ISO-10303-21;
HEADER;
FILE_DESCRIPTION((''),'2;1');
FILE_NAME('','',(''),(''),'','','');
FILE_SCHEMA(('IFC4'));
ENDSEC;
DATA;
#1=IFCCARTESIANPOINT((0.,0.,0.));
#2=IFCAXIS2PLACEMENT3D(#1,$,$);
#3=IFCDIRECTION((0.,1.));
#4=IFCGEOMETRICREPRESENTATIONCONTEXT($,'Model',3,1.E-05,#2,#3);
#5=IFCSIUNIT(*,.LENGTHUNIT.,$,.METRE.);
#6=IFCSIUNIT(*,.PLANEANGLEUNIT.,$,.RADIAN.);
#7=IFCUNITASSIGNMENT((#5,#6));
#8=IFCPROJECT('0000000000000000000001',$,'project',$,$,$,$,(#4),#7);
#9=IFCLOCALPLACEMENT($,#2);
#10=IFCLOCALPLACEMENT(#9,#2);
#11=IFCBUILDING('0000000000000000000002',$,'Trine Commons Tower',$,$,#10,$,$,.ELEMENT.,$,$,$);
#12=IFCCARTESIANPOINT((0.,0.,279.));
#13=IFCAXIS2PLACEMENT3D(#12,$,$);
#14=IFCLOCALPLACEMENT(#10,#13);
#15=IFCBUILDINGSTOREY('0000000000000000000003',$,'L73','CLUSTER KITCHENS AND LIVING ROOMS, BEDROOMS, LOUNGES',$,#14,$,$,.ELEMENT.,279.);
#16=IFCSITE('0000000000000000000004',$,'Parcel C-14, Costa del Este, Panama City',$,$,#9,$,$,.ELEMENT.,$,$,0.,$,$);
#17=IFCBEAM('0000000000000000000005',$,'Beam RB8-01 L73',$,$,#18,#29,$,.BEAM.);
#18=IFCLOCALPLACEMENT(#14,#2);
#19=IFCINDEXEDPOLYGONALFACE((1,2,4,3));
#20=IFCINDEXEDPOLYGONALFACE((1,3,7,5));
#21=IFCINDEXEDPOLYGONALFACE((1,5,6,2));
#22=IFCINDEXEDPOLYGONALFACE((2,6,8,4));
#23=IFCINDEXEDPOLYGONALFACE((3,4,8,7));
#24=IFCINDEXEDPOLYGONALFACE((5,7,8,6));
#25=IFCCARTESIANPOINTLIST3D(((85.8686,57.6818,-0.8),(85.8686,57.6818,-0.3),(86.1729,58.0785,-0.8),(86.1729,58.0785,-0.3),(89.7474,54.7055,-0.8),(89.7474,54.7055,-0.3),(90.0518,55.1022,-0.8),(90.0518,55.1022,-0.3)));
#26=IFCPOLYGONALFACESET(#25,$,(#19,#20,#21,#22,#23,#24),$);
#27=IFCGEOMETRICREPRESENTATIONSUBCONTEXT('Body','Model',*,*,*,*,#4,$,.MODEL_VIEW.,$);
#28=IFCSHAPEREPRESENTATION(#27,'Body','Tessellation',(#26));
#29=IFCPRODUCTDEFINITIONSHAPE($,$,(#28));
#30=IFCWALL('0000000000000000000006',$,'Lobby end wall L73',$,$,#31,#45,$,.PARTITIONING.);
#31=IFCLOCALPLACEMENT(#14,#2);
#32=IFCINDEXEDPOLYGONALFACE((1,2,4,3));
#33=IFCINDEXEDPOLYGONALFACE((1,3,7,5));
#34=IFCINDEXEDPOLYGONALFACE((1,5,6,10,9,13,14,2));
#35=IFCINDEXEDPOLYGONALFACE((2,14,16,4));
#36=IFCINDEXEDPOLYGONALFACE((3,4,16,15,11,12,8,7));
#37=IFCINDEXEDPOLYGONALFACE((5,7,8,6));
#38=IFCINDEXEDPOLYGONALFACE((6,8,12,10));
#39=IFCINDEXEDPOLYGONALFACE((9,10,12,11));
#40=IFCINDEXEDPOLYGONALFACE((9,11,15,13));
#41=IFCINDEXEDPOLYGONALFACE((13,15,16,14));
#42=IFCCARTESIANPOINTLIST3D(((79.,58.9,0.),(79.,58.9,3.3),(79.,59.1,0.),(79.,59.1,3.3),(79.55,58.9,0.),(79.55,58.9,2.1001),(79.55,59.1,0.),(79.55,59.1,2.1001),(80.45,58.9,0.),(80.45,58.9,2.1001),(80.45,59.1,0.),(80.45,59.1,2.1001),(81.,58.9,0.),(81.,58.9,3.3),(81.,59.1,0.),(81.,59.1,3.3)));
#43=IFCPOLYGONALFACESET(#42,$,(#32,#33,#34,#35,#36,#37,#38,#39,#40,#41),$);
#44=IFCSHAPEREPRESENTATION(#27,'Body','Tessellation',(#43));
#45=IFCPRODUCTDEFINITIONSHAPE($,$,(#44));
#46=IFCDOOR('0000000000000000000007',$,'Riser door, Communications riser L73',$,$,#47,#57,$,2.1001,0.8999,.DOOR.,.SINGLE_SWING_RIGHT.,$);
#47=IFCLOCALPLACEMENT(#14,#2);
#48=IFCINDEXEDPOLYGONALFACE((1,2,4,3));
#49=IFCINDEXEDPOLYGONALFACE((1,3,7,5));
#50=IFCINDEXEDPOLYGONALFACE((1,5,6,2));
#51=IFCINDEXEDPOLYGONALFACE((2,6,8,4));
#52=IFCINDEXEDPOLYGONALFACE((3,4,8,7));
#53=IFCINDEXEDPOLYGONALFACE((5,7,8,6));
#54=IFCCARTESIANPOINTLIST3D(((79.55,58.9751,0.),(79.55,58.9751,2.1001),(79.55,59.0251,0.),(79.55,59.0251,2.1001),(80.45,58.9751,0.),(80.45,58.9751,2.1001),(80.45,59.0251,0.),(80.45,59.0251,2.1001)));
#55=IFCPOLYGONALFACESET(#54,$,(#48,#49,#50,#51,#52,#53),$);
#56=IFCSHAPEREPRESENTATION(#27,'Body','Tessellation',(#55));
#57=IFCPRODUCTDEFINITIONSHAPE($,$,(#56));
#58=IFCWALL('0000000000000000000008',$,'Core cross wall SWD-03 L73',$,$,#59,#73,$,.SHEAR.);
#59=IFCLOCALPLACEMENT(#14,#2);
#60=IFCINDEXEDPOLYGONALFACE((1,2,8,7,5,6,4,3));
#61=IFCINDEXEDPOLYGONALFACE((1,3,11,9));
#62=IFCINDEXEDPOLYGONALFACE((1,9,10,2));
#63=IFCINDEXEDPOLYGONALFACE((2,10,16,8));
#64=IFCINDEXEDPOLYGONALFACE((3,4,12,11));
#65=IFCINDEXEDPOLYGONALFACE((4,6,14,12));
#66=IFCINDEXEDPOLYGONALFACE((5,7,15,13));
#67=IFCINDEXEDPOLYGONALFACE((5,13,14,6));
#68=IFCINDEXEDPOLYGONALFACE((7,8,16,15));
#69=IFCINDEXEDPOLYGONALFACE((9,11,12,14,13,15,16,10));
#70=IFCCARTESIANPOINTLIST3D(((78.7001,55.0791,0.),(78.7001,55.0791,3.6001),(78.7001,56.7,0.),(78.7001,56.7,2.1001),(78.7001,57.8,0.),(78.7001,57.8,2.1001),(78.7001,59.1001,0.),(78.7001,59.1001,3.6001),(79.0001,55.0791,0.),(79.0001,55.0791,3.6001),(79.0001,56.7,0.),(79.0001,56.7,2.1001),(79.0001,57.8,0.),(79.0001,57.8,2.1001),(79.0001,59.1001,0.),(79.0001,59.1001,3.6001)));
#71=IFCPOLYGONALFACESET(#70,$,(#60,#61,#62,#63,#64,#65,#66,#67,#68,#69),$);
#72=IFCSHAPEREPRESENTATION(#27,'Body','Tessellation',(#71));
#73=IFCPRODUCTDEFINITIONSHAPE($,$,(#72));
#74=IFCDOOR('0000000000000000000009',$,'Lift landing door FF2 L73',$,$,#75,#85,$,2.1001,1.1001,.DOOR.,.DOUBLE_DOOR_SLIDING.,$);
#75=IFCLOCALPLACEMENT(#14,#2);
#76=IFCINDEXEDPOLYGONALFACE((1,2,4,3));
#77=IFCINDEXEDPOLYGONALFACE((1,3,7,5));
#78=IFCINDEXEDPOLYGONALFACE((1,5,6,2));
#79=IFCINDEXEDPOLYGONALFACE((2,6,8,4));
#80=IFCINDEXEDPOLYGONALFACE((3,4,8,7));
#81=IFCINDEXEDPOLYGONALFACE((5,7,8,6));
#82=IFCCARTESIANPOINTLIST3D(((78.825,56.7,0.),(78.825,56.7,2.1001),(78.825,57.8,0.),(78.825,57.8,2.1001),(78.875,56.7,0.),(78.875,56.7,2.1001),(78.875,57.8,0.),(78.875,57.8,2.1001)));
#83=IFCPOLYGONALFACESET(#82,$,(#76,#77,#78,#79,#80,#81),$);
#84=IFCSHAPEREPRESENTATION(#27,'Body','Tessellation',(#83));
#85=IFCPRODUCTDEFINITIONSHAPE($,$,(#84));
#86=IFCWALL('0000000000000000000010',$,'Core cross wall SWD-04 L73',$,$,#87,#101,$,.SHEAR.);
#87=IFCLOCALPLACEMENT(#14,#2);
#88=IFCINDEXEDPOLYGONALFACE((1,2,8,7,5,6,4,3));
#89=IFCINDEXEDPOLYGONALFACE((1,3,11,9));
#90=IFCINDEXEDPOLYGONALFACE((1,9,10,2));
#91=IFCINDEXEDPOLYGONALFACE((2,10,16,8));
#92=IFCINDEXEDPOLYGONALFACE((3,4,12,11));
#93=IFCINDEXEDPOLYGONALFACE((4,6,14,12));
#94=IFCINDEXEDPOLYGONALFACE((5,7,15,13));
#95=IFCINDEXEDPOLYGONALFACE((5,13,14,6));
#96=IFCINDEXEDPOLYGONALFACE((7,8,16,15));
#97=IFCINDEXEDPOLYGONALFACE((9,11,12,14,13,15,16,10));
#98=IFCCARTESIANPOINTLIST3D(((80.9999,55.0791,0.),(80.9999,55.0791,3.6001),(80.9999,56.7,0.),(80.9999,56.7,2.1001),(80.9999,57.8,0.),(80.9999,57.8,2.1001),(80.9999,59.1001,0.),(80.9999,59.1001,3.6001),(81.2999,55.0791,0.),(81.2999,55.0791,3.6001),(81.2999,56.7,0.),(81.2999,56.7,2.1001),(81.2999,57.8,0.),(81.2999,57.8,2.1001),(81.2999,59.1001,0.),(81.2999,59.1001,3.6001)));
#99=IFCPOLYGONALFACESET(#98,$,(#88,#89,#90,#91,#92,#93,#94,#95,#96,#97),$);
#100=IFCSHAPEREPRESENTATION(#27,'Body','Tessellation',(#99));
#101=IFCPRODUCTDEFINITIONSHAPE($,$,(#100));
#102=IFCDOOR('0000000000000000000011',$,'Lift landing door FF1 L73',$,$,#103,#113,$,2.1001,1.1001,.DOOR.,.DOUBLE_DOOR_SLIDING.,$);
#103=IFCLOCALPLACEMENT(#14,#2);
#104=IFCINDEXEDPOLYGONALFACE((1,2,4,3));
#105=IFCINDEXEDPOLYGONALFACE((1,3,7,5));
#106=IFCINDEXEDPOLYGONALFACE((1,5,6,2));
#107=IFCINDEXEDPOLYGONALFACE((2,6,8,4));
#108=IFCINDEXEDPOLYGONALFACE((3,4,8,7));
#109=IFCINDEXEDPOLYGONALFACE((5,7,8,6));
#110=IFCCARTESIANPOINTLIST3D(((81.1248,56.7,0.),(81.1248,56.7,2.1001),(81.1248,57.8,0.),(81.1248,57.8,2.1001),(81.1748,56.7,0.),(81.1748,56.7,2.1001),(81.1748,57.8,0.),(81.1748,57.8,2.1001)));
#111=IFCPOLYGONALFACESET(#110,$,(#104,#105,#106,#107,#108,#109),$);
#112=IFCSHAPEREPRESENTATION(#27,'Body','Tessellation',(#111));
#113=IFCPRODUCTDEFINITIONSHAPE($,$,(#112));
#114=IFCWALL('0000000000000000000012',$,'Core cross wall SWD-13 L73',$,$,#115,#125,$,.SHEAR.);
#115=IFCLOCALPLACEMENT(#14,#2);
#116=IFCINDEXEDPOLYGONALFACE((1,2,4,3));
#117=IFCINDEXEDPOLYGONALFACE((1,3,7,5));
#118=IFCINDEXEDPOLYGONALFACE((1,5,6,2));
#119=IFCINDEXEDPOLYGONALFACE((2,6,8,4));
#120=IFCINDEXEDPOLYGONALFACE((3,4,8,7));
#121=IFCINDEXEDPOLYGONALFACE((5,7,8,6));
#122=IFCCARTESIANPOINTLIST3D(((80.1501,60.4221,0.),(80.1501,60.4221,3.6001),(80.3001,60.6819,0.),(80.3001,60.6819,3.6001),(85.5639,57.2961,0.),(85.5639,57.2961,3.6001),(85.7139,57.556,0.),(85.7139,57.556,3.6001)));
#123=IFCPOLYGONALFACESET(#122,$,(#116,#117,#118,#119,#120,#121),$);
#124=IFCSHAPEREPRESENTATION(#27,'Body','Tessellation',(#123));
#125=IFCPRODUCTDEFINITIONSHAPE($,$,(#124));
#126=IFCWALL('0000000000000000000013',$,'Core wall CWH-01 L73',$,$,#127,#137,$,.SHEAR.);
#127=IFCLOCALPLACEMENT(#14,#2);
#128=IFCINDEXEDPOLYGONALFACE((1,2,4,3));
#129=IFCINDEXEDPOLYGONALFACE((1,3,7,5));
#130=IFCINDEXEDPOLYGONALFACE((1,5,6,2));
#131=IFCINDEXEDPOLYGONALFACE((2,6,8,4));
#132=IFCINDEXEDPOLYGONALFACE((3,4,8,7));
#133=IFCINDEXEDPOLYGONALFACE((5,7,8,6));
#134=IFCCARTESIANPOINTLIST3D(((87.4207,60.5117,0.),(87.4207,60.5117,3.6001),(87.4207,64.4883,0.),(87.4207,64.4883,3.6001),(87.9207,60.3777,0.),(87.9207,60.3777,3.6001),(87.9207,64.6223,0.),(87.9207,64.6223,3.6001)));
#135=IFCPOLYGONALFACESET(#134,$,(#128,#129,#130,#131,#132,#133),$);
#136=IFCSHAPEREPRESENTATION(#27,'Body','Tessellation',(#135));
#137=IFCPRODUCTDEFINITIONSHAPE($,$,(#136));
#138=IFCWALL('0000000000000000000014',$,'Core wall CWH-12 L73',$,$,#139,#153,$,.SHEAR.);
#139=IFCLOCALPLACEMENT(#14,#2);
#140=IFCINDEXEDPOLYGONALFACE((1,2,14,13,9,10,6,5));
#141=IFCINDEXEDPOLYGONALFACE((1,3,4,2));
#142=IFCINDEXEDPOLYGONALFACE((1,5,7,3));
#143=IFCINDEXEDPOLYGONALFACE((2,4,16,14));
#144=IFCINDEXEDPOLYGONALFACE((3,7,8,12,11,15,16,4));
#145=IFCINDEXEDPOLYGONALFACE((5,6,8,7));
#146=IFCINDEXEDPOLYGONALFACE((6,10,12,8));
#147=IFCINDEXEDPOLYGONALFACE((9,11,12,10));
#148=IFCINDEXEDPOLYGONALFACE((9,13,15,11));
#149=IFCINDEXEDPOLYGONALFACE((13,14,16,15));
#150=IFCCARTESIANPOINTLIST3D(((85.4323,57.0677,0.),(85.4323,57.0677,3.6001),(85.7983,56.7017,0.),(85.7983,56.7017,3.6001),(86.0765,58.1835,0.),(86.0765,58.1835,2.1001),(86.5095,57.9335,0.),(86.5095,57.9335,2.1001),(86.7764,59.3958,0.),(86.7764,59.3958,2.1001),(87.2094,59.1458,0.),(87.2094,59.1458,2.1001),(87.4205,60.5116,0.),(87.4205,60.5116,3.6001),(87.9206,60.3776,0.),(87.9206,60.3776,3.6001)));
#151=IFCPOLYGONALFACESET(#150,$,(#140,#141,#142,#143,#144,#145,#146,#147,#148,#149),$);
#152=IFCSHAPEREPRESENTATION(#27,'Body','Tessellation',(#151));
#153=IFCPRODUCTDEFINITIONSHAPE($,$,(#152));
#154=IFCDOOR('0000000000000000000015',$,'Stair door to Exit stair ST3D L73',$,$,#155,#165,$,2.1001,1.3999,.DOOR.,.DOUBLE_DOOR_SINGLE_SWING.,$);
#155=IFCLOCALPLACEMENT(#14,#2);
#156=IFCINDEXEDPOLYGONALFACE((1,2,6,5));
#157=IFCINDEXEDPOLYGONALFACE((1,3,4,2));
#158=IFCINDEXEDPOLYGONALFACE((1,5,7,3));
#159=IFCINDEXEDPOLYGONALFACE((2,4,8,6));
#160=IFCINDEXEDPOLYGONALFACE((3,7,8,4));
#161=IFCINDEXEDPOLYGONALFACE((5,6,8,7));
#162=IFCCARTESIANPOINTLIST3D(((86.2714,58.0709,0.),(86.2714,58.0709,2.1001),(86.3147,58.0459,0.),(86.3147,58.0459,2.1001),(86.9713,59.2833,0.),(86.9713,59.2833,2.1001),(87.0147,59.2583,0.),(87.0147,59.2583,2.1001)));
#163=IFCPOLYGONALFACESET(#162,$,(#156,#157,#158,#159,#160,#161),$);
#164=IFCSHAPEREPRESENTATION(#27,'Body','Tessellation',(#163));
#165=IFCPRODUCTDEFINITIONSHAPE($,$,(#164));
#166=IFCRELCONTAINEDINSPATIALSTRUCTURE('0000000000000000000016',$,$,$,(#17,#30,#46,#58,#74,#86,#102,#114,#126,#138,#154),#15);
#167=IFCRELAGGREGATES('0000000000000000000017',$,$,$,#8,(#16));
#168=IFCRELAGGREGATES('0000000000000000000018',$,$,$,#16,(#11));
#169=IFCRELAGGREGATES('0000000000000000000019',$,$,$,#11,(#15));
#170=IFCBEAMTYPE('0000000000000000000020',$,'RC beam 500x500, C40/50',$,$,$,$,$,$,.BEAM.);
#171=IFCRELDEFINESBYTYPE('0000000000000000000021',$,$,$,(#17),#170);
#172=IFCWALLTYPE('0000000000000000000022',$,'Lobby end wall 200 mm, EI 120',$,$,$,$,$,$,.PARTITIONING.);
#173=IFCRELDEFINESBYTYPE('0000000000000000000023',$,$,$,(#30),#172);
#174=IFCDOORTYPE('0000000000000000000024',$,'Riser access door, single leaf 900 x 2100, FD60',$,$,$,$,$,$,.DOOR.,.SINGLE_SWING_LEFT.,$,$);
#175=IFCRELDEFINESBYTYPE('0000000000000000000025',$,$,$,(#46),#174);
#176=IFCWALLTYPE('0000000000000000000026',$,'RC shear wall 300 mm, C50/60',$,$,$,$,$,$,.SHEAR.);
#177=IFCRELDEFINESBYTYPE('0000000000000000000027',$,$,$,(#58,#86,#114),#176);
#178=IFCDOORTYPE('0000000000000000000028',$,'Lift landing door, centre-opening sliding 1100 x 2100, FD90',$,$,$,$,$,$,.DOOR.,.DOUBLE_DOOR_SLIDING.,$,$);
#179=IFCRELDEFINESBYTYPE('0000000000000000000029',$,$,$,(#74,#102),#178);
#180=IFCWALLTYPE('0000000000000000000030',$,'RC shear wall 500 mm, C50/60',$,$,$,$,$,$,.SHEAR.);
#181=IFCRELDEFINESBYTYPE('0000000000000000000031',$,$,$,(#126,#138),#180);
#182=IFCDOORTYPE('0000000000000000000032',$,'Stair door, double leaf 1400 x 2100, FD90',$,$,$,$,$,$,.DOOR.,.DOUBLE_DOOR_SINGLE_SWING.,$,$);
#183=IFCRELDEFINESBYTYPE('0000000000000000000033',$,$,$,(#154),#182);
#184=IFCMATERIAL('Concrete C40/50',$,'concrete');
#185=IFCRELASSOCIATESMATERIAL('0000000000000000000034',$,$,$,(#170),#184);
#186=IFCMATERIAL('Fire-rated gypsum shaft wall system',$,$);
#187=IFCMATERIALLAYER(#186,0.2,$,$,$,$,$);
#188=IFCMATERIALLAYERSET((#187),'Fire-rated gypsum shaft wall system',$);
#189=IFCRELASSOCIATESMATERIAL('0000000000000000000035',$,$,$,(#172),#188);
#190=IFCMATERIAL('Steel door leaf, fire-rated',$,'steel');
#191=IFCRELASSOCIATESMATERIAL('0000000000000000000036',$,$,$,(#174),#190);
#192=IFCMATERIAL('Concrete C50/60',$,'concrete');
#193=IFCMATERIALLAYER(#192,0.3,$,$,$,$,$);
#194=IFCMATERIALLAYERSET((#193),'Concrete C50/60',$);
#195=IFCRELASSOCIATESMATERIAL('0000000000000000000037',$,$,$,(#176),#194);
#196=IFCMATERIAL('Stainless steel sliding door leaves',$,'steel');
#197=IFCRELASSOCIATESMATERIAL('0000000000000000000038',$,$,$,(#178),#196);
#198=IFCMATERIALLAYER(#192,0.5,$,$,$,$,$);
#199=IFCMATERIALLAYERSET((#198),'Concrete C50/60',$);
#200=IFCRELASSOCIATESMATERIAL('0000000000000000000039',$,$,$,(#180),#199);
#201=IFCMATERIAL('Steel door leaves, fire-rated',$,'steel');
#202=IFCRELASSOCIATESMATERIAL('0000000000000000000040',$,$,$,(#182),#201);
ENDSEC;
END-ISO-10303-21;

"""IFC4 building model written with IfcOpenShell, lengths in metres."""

from ifc_helpers import new_model, si_unit, direction, frame, frame_2d, origin, origin_2d, place, context, subcontext, project, spatial, polyline, rectangle, outline, extrude, material, layer, layer_set, material_profile, profile_set, type_object, element, fill, save


model = new_model("IFC4")

# Units and contexts
model_context = context("Model", 3, precision=1e-05, world=origin(), true_north=direction((0.0, 1.0)))
body_context = subcontext(model_context, "Body", "Model", "MODEL_VIEW")
ifc_project = project(units=[si_unit("LENGTHUNIT", "METRE"), si_unit("PLANEANGLEUNIT", "RADIAN")], contexts=[model_context])

# Site, building, storey
site_placement = place(None, origin())
site = spatial("IfcSite", under=ifc_project, at=site_placement, Name="Parcel C-14, Costa del Este, Panama City", CompositionType="ELEMENT", RefElevation=0.0)
building_placement = place(site_placement, origin())
building = spatial("IfcBuilding", under=site, at=building_placement, Name="Trine Commons Tower", CompositionType="ELEMENT")
storey_placement = place(building_placement, frame((0.0, 0.0, 279.0)))
storey = spatial("IfcBuildingStorey", under=building, at=storey_placement, Name="L73", Description="CLUSTER KITCHENS AND LIVING ROOMS, BEDROOMS, LOUNGES", CompositionType="ELEMENT", Elevation=279.0)

# Beam
ifc_material_1 = material(Name="Concrete C40/50", Category="concrete")
ifc_material_profile = material_profile(ifc_material_1, rectangle(XDim=0.5, YDim=0.5, at=origin_2d()), Name="RC 500x500")
ifc_profile_set = profile_set([ifc_material_profile], Name="Concrete C40/50")
beam_type = type_object("IfcBeamType", Name="RC beam 500x500, C40/50", PredefinedType="BEAM", material=ifc_profile_set)
beam_placement = place(storey_placement, frame((86.0208, 57.8801, -0.55), z_axis=(0.79336, -0.608752, 0.0), x_axis=(0.608752, 0.79336, 0.0)))
element("IfcBeam", 1, at=beam_placement, inside=storey, type_object=beam_type, Name="Beam RB8-01 L73", PredefinedType="BEAM", context=body_context, shape_type="SweptSolid", body=[
    extrude(rectangle(XDim=0.5, YDim=0.5, at=origin_2d()), origin(), (0.0, 0.0, 1.0), 4.8892),
])

# Walls, openings, doors
ifc_material_2 = material(Name="Fire-rated gypsum shaft wall system")
ifc_layer_1 = layer(ifc_material_2, 0.2)
ifc_layer_set_1 = layer_set([ifc_layer_1], Name="Fire-rated gypsum shaft wall system")
wall_type_1 = type_object("IfcWallType", Name="Lobby end wall 200 mm, EI 120", PredefinedType="PARTITIONING", material=ifc_layer_set_1)
wall_1_placement = place(storey_placement, frame((79.0, 59.0, 0.0), z_axis=(0.0, 0.0, 1.0), x_axis=(1.0, 0.0, 0.0)))
wall_1 = element("IfcWall", 2, at=wall_1_placement, inside=storey, type_object=wall_type_1, Name="Lobby end wall L73", PredefinedType="PARTITIONING", context=body_context, shape_type="SweptSolid", body=[
    extrude(rectangle(XDim=2.0, YDim=0.2, at=frame_2d((1.0, 0.0))), origin(), (0.0, 0.0, 1.0), 3.3),
])
opening_1_placement = place(wall_1_placement, frame((0.55, 0.0, 0.0)))
opening_1 = element("IfcOpeningElement", 3, at=opening_1_placement, cuts=wall_1, PredefinedType="OPENING", context=body_context, shape_type="SweptSolid", body=[
    extrude(rectangle(XDim=0.8999, YDim=2.1001, at=frame_2d((0.45, 1.05))), frame((0.0, 0.1099, 0.0), z_axis=(0.0, -1.0, 0.0), x_axis=(1.0, 0.0, 0.0)), (0.0, 0.0, 1.0), 0.22),
])
ifc_material_3 = material(Name="Steel door leaf, fire-rated", Category="steel")
door_type_1 = type_object("IfcDoorType", Name="Riser access door, single leaf 900 x 2100, FD60", OperationType="SINGLE_SWING_LEFT", PredefinedType="DOOR", material=ifc_material_3)
door_1_placement = place(opening_1_placement, frame((0.8999, 0.0, 0.0), z_axis=(0.0, 0.0, 1.0), x_axis=(-1.0, 0.0, 0.0)))
door_1 = element("IfcDoor", 4, at=door_1_placement, inside=storey, type_object=door_type_1, Name="Riser door, Communications riser L73", OperationType="SINGLE_SWING_RIGHT", OverallHeight=2.1001, OverallWidth=0.8999, PredefinedType="DOOR", context=body_context, shape_type="SweptSolid", body=[
    extrude(rectangle(XDim=0.8999, YDim=2.1001, at=frame_2d((0.45, 1.05))), frame((0.0, 0.0249, 0.0), z_axis=(0.0, -1.0, 0.0), x_axis=(1.0, 0.0, 0.0)), (0.0, 0.0, 1.0), 0.05),
])
fill(opening_1, door_1)
ifc_material_4 = material(Name="Concrete C50/60", Category="concrete")
ifc_layer_2 = layer(ifc_material_4, 0.3)
ifc_layer_set_2 = layer_set([ifc_layer_2], Name="Concrete C50/60")
wall_type_2 = type_object("IfcWallType", Name="RC shear wall 300 mm, C50/60", PredefinedType="SHEAR", material=ifc_layer_set_2)
wall_2_placement = place(storey_placement, frame((78.8501, 59.1001, 0.0), z_axis=(0.0, 0.0, 1.0), x_axis=(0.0, -1.0, 0.0)))
wall_2 = element("IfcWall", 5, at=wall_2_placement, inside=storey, type_object=wall_type_2, Name="Core cross wall SWD-03 L73", PredefinedType="SHEAR", context=body_context, shape_type="SweptSolid", body=[
    extrude(rectangle(XDim=4.021, YDim=0.3, at=frame_2d((2.0105, 0.0))), origin(), (0.0, 0.0, 1.0), 3.6001),
])
opening_2_placement = place(wall_2_placement, frame((1.3, 0.0, 0.0)))
opening_2 = element("IfcOpeningElement", 6, at=opening_2_placement, cuts=wall_2, PredefinedType="OPENING", context=body_context, shape_type="SweptSolid", body=[
    extrude(rectangle(XDim=1.1001, YDim=2.1001, at=frame_2d((0.55, 1.05))), frame((0.0, 0.1599, 0.0), z_axis=(0.0, -1.0, 0.0), x_axis=(1.0, 0.0, 0.0)), (0.0, 0.0, 1.0), 0.3201),
])
ifc_material_5 = material(Name="Stainless steel sliding door leaves", Category="steel")
door_type_2 = type_object("IfcDoorType", Name="Lift landing door, centre-opening sliding 1100 x 2100, FD90", OperationType="DOUBLE_DOOR_SLIDING", PredefinedType="DOOR", material=ifc_material_5)
door_2_placement = place(opening_2_placement, origin())
door_2 = element("IfcDoor", 7, at=door_2_placement, inside=storey, type_object=door_type_2, Name="Lift landing door FF2 L73", OperationType="DOUBLE_DOOR_SLIDING", OverallHeight=2.1001, OverallWidth=1.1001, PredefinedType="DOOR", context=body_context, shape_type="SweptSolid", body=[
    extrude(rectangle(XDim=1.1001, YDim=2.1001, at=frame_2d((0.55, 1.05))), frame((0.0, 0.0249, 0.0), z_axis=(0.0, -1.0, 0.0), x_axis=(1.0, 0.0, 0.0)), (0.0, 0.0, 1.0), 0.05),
])
fill(opening_2, door_2)
wall_3_placement = place(storey_placement, frame((81.1499, 59.1001, 0.0), z_axis=(0.0, 0.0, 1.0), x_axis=(0.0, -1.0, 0.0)))
wall_3 = element("IfcWall", 8, at=wall_3_placement, inside=storey, type_object=wall_type_2, Name="Core cross wall SWD-04 L73", PredefinedType="SHEAR", context=body_context, shape_type="SweptSolid", body=[
    extrude(rectangle(XDim=4.021, YDim=0.3, at=frame_2d((2.0105, 0.0))), origin(), (0.0, 0.0, 1.0), 3.6001),
])
opening_3_placement = place(wall_3_placement, frame((1.3, 0.0, 0.0)))
opening_3 = element("IfcOpeningElement", 9, at=opening_3_placement, cuts=wall_3, PredefinedType="OPENING", context=body_context, shape_type="SweptSolid", body=[
    extrude(rectangle(XDim=1.1001, YDim=2.1001, at=frame_2d((0.55, 1.05))), frame((0.0, 0.1599, 0.0), z_axis=(0.0, -1.0, 0.0), x_axis=(1.0, 0.0, 0.0)), (0.0, 0.0, 1.0), 0.3201),
])
door_3_placement = place(opening_3_placement, origin())
door_3 = element("IfcDoor", 10, at=door_3_placement, inside=storey, type_object=door_type_2, Name="Lift landing door FF1 L73", OperationType="DOUBLE_DOOR_SLIDING", OverallHeight=2.1001, OverallWidth=1.1001, PredefinedType="DOOR", context=body_context, shape_type="SweptSolid", body=[
    extrude(rectangle(XDim=1.1001, YDim=2.1001, at=frame_2d((0.55, 1.05))), frame((0.0, 0.0249, 0.0), z_axis=(0.0, -1.0, 0.0), x_axis=(1.0, 0.0, 0.0)), (0.0, 0.0, 1.0), 0.05),
])
fill(opening_3, door_3)

# Walls
wall_4_placement = place(storey_placement, frame((80.2251, 60.552, 0.0), z_axis=(0.0, 0.0, 1.0), x_axis=(0.866004, -0.500037, 0.0)))
element("IfcWall", 11, at=wall_4_placement, inside=storey, type_object=wall_type_2, Name="Core cross wall SWD-13 L73", PredefinedType="SHEAR", context=body_context, shape_type="SweptSolid", body=[
    extrude(rectangle(XDim=6.2515, YDim=0.3, at=frame_2d((3.1257, 0.0))), origin(), (0.0, 0.0, 1.0), 3.6001),
])
ifc_layer_3 = layer(ifc_material_4, 0.5)
ifc_layer_set_3 = layer_set([ifc_layer_3], Name="Concrete C50/60")
wall_type_3 = type_object("IfcWallType", Name="RC shear wall 500 mm, C50/60", PredefinedType="SHEAR", material=ifc_layer_set_3)
wall_5_placement = place(storey_placement, frame((87.6707, 60.3777, 0.0), z_axis=(0.0, 0.0, 1.0), x_axis=(0.0, 1.0, 0.0)))
element("IfcWall", 12, at=wall_5_placement, inside=storey, type_object=wall_type_3, Name="Core wall CWH-01 L73", PredefinedType="SHEAR", context=body_context, shape_type="SweptSolid", body=[
    extrude(outline(polyline([(0.0, -0.25), (4.2446, -0.25), (4.1106, 0.25), (0.134, 0.25), (0.0, -0.25)])), origin(), (0.0, 0.0, 1.0), 3.6001),
])

# Wall, opening, door
wall_6_placement = place(storey_placement, frame((85.5818, 56.8267, 0.0), z_axis=(0.0, 0.0, 1.0), x_axis=(0.499993, 0.866029, 0.0)))
wall_6 = element("IfcWall", 13, at=wall_6_placement, inside=storey, type_object=wall_type_3, Name="Core wall CWH-12 L73", PredefinedType="SHEAR", context=body_context, shape_type="SweptSolid", body=[
    extrude(outline(polyline([(0.0, -0.25), (4.2446, -0.25), (4.1106, 0.25), (0.134, 0.25), (0.0, -0.25)])), origin(), (0.0, 0.0, 1.0), 3.6001),
])
opening_4_placement = place(wall_6_placement, frame((1.4224, 0.0, 0.0)))
opening_4 = element("IfcOpeningElement", 14, at=opening_4_placement, cuts=wall_6, PredefinedType="OPENING", context=body_context, shape_type="SweptSolid", body=[
    extrude(rectangle(XDim=1.3999, YDim=2.1001, at=frame_2d((0.7, 1.05))), frame((0.0, 0.26, 0.0), z_axis=(0.0, -1.0, 0.0), x_axis=(1.0, 0.0, 0.0)), (0.0, 0.0, 1.0), 0.52),
])
ifc_material_6 = material(Name="Steel door leaves, fire-rated", Category="steel")
door_type_3 = type_object("IfcDoorType", Name="Stair door, double leaf 1400 x 2100, FD90", OperationType="DOUBLE_DOOR_SINGLE_SWING", PredefinedType="DOOR", material=ifc_material_6)
door_4_placement = place(opening_4_placement, origin())
door_4 = element("IfcDoor", 15, at=door_4_placement, inside=storey, type_object=door_type_3, Name="Stair door to Exit stair ST3D L73", OperationType="DOUBLE_DOOR_SINGLE_SWING", OverallHeight=2.1001, OverallWidth=1.3999, PredefinedType="DOOR", context=body_context, shape_type="SweptSolid", body=[
    extrude(rectangle(XDim=1.3999, YDim=2.1001, at=frame_2d((0.7, 1.05))), frame((0.0, 0.0249, 0.0), z_axis=(0.0, -1.0, 0.0), x_axis=(1.0, 0.0, 0.0)), (0.0, 0.0, 1.0), 0.05),
])
fill(opening_4, door_4)

save(model, "model.ifc")
